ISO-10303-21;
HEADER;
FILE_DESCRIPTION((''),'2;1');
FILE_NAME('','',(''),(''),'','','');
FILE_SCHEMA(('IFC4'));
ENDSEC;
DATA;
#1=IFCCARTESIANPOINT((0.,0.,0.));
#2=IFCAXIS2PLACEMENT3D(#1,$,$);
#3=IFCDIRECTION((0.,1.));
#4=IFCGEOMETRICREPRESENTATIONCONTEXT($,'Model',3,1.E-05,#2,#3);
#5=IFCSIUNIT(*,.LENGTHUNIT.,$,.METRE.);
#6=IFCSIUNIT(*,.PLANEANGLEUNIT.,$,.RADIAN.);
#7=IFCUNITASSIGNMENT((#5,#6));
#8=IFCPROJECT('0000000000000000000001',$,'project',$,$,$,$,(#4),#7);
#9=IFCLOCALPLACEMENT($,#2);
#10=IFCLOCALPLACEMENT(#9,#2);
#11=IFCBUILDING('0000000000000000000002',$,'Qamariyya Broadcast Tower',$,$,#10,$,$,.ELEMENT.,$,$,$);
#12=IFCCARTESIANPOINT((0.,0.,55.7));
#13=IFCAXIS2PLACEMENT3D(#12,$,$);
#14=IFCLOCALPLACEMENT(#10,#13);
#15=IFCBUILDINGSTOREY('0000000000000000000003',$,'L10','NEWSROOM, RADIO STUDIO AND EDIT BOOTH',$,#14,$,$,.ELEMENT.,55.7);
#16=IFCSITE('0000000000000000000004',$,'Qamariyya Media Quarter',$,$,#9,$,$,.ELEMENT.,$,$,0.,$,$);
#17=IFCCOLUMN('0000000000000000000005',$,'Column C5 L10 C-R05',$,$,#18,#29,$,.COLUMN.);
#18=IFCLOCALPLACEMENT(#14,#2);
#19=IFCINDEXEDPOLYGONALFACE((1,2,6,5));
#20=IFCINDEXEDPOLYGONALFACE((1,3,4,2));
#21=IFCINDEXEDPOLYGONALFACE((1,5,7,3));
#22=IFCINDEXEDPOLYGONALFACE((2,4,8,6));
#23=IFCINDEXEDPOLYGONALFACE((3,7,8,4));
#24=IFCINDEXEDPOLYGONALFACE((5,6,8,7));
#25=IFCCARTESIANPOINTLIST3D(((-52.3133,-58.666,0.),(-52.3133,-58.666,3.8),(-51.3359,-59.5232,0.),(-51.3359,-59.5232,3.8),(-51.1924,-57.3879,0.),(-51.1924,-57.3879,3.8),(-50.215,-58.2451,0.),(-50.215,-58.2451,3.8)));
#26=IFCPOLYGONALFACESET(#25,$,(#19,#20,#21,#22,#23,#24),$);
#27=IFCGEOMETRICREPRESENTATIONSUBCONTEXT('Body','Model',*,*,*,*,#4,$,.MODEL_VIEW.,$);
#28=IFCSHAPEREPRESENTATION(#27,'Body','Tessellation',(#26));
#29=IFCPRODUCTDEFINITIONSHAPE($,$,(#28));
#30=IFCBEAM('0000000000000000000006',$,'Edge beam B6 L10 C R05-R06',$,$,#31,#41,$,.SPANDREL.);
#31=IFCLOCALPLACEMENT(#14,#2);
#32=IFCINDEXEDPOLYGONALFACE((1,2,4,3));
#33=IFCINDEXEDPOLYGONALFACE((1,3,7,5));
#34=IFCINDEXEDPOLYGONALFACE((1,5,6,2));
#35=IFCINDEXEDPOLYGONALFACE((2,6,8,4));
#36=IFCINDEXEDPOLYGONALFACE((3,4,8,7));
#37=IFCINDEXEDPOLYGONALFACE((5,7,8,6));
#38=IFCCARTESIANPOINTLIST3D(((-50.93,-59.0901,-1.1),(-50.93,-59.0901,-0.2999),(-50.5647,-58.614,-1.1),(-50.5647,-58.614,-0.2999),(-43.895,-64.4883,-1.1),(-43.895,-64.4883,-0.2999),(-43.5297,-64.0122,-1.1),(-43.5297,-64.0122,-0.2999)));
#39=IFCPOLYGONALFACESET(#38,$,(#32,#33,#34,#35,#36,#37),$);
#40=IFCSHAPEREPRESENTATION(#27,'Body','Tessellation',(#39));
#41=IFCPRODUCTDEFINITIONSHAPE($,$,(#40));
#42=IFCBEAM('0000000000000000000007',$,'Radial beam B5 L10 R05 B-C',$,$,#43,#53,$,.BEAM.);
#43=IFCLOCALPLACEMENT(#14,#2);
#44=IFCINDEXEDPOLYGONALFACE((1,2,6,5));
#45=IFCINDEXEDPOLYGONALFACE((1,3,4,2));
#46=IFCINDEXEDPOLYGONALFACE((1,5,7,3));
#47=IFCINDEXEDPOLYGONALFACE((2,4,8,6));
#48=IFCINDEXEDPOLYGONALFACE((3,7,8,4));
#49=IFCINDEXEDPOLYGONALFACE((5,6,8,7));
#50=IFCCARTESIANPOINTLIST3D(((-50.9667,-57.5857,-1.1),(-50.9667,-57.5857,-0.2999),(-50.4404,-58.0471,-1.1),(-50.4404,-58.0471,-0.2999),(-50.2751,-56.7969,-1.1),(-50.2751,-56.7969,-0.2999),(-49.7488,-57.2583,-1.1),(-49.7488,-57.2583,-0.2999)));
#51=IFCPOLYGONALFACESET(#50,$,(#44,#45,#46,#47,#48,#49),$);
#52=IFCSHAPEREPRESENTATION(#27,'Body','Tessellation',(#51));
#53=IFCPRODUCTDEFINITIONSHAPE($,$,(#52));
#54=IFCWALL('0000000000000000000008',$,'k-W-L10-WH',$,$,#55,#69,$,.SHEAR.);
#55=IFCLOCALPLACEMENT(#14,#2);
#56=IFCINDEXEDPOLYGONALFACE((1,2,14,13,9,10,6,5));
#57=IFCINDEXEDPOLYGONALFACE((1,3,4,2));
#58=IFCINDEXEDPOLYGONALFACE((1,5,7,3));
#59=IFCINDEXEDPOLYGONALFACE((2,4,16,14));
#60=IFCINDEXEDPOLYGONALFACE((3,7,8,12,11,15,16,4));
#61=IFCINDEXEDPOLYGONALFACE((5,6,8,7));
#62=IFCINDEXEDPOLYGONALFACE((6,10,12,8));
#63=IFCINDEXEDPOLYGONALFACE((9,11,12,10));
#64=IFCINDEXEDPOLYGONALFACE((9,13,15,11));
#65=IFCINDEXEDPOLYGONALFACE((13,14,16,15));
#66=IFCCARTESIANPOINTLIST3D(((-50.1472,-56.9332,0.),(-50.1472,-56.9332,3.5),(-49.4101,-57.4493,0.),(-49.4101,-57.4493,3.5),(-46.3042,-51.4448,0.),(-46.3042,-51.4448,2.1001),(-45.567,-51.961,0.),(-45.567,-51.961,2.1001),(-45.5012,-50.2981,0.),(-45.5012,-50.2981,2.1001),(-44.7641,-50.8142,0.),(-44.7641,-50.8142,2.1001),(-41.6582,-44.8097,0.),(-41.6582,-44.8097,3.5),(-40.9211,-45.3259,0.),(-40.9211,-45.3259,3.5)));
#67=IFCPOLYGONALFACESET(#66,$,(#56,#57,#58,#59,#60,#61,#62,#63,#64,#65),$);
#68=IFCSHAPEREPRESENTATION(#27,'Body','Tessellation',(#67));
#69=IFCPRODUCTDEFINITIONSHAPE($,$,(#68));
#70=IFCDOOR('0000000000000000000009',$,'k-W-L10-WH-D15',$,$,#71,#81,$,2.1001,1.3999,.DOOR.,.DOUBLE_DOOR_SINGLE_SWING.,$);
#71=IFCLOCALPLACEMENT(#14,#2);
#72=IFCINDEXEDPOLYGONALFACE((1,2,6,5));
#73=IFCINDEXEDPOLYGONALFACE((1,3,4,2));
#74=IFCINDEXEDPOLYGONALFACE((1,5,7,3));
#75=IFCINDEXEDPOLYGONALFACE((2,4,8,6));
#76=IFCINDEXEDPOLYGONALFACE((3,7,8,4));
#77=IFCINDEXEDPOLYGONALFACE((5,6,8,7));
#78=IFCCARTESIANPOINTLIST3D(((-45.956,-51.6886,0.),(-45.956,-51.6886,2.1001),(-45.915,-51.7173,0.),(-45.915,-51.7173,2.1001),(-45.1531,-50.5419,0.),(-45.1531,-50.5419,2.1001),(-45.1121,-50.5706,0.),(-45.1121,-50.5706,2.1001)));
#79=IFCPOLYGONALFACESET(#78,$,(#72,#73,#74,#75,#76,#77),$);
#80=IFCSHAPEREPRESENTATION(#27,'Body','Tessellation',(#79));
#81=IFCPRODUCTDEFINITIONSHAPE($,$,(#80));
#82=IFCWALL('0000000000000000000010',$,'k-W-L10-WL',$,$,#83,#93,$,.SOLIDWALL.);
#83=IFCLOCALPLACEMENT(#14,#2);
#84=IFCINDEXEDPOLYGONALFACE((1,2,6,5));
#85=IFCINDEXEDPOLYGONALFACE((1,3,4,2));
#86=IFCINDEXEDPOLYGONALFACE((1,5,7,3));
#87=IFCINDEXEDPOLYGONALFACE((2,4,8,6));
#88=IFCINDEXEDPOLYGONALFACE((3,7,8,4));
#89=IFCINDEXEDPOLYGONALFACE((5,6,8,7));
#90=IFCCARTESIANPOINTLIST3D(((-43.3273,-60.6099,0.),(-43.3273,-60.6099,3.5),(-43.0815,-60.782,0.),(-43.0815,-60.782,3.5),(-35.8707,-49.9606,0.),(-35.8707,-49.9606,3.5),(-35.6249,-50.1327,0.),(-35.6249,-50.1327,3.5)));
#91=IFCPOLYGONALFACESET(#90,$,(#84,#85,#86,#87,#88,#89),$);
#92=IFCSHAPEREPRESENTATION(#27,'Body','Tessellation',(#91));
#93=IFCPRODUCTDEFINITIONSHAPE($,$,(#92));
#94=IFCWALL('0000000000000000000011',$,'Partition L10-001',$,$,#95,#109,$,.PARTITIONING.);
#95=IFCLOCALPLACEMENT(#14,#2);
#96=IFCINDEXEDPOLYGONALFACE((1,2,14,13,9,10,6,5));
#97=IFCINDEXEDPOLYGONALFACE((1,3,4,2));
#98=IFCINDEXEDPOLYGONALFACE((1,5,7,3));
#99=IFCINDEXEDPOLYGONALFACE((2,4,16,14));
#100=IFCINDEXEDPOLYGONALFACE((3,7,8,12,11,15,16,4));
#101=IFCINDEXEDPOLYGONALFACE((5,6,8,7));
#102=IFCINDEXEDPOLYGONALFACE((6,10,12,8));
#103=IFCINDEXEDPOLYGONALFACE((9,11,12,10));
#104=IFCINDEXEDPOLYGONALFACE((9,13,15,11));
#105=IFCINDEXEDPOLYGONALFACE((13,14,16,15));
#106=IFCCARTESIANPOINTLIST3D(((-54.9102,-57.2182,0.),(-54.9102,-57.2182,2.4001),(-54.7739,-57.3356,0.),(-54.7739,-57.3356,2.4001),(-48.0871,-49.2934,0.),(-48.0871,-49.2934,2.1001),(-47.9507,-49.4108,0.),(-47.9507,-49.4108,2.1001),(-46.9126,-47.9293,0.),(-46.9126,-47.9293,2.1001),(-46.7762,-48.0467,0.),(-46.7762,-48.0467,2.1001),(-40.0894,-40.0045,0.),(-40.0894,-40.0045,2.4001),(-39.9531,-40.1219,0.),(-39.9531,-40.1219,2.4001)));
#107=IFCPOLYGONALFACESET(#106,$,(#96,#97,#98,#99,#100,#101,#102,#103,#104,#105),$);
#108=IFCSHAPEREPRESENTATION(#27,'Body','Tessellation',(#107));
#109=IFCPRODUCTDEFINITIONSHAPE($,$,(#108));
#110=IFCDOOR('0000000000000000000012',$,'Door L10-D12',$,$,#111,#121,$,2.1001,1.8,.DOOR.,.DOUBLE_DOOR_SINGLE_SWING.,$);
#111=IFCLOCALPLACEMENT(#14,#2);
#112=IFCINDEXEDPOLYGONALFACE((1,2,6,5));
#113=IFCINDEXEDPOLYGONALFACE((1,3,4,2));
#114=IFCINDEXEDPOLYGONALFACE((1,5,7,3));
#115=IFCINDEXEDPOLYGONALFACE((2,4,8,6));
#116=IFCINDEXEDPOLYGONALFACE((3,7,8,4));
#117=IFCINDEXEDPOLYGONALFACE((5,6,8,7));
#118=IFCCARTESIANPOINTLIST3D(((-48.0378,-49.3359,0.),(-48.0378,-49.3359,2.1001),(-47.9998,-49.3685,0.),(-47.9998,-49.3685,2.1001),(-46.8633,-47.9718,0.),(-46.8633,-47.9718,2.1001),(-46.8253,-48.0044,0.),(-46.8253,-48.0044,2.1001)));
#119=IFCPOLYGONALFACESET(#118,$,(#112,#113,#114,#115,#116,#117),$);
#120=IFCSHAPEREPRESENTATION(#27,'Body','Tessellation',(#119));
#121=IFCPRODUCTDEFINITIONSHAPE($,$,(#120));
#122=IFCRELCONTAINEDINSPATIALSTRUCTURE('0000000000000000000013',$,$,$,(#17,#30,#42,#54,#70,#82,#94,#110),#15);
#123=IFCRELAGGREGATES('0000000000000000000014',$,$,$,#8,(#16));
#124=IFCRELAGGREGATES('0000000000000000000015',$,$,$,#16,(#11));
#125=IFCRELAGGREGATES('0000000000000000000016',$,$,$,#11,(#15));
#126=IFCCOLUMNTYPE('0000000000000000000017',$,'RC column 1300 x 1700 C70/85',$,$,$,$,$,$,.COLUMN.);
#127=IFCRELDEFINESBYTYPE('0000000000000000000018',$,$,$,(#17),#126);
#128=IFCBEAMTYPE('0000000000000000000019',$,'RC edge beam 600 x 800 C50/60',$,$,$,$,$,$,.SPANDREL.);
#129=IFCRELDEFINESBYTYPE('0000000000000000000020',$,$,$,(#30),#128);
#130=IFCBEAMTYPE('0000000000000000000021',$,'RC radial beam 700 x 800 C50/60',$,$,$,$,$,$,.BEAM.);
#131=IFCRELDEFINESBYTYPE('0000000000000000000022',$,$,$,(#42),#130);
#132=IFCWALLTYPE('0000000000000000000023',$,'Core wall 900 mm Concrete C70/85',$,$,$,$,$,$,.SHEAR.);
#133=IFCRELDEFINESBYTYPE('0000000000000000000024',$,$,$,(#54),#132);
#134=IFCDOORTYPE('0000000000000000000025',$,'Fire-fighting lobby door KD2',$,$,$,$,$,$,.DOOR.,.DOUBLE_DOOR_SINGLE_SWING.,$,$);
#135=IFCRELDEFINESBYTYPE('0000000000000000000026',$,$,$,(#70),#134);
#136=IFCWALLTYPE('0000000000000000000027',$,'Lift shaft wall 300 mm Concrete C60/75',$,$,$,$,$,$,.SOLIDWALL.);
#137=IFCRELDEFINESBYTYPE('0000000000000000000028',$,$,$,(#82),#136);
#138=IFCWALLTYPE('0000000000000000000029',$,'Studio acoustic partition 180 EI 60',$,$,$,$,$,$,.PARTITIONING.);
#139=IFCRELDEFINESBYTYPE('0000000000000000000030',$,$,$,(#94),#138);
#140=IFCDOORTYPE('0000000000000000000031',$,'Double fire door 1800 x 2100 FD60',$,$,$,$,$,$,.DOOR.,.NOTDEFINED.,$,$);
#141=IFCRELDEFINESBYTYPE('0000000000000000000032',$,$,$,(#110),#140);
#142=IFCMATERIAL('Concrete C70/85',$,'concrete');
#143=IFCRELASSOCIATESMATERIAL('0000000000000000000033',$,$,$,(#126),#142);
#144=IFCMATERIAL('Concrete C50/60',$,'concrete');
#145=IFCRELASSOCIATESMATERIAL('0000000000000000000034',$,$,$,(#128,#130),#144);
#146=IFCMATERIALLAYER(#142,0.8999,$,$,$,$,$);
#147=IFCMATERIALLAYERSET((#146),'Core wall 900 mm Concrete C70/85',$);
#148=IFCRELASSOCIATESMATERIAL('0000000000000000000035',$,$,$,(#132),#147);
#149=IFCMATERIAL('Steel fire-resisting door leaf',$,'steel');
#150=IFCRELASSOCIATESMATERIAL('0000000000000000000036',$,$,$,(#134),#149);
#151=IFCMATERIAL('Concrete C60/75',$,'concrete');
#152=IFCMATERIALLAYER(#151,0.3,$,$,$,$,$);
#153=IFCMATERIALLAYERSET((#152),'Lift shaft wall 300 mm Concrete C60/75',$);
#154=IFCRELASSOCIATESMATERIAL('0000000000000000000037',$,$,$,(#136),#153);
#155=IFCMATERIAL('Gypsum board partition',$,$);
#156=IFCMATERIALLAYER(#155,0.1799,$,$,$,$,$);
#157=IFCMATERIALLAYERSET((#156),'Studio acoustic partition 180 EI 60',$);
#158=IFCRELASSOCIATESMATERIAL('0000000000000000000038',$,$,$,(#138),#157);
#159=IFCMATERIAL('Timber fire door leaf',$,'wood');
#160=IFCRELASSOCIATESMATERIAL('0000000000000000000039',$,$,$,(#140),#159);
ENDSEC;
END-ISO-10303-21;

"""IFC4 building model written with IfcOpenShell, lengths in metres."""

from ifc_helpers import new_model, si_unit, direction, frame, frame_2d, origin, origin_2d, place, context, subcontext, project, spatial, rectangle, extrude, material, layer, layer_set, material_profile, profile_set, type_object, element, fill, save


model = new_model("IFC4")

# Units and contexts
model_context = context("Model", 3, precision=1e-05, world=origin(), true_north=direction((0.0, 1.0)))
body_context = subcontext(model_context, "Body", "Model", "MODEL_VIEW")
ifc_project = project(units=[si_unit("LENGTHUNIT", "METRE"), si_unit("PLANEANGLEUNIT", "RADIAN")], contexts=[model_context])

# Site, building, storey
site_placement = place(None, origin())
site = spatial("IfcSite", under=ifc_project, at=site_placement, Name="Qamariyya Media Quarter", CompositionType="ELEMENT", RefElevation=0.0)
building_placement = place(site_placement, origin())
building = spatial("IfcBuilding", under=site, at=building_placement, Name="Qamariyya Broadcast Tower", CompositionType="ELEMENT")
storey_placement = place(building_placement, frame((0.0, 0.0, 55.7)))
storey = spatial("IfcBuildingStorey", under=building, at=storey_placement, Name="L10", Description="NEWSROOM, RADIO STUDIO AND EDIT BOOTH", CompositionType="ELEMENT", Elevation=55.7)

# Column
ifc_material_1 = material(Name="Concrete C70/85", Category="concrete")
ifc_material_profile_1 = material_profile(ifc_material_1, rectangle(XDim=1.3, YDim=1.7, at=origin_2d()))
ifc_profile_set_1 = profile_set([ifc_material_profile_1], Name="Concrete C70/85")
column_type = type_object("IfcColumnType", Name="RC column 1300 x 1700 C70/85", PredefinedType="COLUMN", material=ifc_profile_set_1)
column_placement = place(storey_placement, frame((-51.2642, -58.4556, 0.0), z_axis=(0.0, 0.0, 1.0), x_axis=(0.75184, -0.659346, 0.0)))
element("IfcColumn", 1, at=column_placement, inside=storey, type_object=column_type, Name="Column C5 L10 C-R05", PredefinedType="COLUMN", context=body_context, shape_type="SweptSolid", body=[
    extrude(rectangle(XDim=1.3, YDim=1.7, at=origin_2d()), origin(), (0.0, 0.0, 1.0), 3.8),
])

# Beams
ifc_material_2 = material(Name="Concrete C50/60", Category="concrete")
ifc_material_profile_2 = material_profile(ifc_material_2, rectangle(XDim=0.6001, YDim=0.8, at=origin_2d()))
ifc_profile_set_2 = profile_set([ifc_material_profile_2], Name="Concrete C50/60")
beam_type_1 = type_object("IfcBeamType", Name="RC edge beam 600 x 800 C50/60", PredefinedType="SPANDREL", material=ifc_profile_set_2)
beam_1_placement = place(storey_placement, frame((-50.7473, -58.8521, -0.7), z_axis=(0.793347, -0.60877, 0.0), x_axis=(0.60877, 0.793347, 0.0)))
element("IfcBeam", 2, at=beam_1_placement, inside=storey, type_object=beam_type_1, Name="Edge beam B6 L10 C R05-R06", PredefinedType="SPANDREL", context=body_context, shape_type="SweptSolid", body=[
    extrude(rectangle(XDim=0.6001, YDim=0.8, at=origin_2d()), origin(), (0.0, 0.0, 1.0), 8.8674),
])
ifc_material_profile_3 = material_profile(ifc_material_2, rectangle(XDim=0.7, YDim=0.8, at=origin_2d()))
ifc_profile_set_3 = profile_set([ifc_material_profile_3], Name="Concrete C50/60")
beam_type_2 = type_object("IfcBeamType", Name="RC radial beam 700 x 800 C50/60", PredefinedType="BEAM", material=ifc_profile_set_3)
beam_2_placement = place(storey_placement, frame((-50.012, -57.0276, -0.7), z_axis=(-0.659279, -0.751899, 0.0), x_axis=(0.751899, -0.659279, 0.0)))
element("IfcBeam", 3, at=beam_2_placement, inside=storey, type_object=beam_type_2, Name="Radial beam B5 L10 R05 B-C", PredefinedType="BEAM", context=body_context, shape_type="SweptSolid", body=[
    extrude(rectangle(XDim=0.7, YDim=0.8, at=origin_2d()), origin(), (0.0, 0.0, 1.0), 1.0491),
])

# Wall, opening, door
ifc_layer_1 = layer(ifc_material_1, 0.8999)
ifc_layer_set_1 = layer_set([ifc_layer_1], Name="Core wall 900 mm Concrete C70/85")
wall_type_1 = type_object("IfcWallType", Name="Core wall 900 mm Concrete C70/85", PredefinedType="SHEAR", material=ifc_layer_set_1)
wall_1_placement = place(storey_placement, frame((-49.7786, -57.1912, 0.0), z_axis=(0.0, 0.0, 1.0), x_axis=(0.573577, 0.819151, 0.0)))
wall_1 = element("IfcWall", 4, at=wall_1_placement, inside=storey, type_object=wall_type_1, Name="k-W-L10-WH", PredefinedType="SHEAR", context=body_context, shape_type="SweptSolid", body=[
    extrude(rectangle(XDim=14.8, YDim=0.8999, at=frame_2d((7.3999, 0.0))), origin(), (0.0, 0.0, 1.0), 3.5),
])
opening_1_placement = place(wall_1_placement, frame((6.7, 0.0, 0.0)))
opening_1 = element("IfcOpeningElement", 5, at=opening_1_placement, cuts=wall_1, PredefinedType="OPENING", context=body_context, shape_type="SweptSolid", body=[
    extrude(rectangle(XDim=1.3999, YDim=2.1001, at=frame_2d((0.7, 1.05))), frame((0.0, 0.46, 0.0), z_axis=(0.0, -1.0, 0.0), x_axis=(1.0, 0.0, 0.0)), (0.0, 0.0, 1.0), 0.9199),
])
ifc_material_3 = material(Name="Steel fire-resisting door leaf", Category="steel")
door_type_1 = type_object("IfcDoorType", Name="Fire-fighting lobby door KD2", OperationType="DOUBLE_DOOR_SINGLE_SWING", PredefinedType="DOOR", material=ifc_material_3)
door_1_placement = place(opening_1_placement, origin())
door_1 = element("IfcDoor", 6, at=door_1_placement, inside=storey, type_object=door_type_1, Name="k-W-L10-WH-D15", OperationType="DOUBLE_DOOR_SINGLE_SWING", OverallHeight=2.1001, OverallWidth=1.3999, PredefinedType="DOOR", context=body_context, shape_type="SweptSolid", body=[
    extrude(rectangle(XDim=1.3999, YDim=2.1001, at=frame_2d((0.7, 1.05))), frame((0.0, 0.0249, 0.0), z_axis=(0.0, -1.0, 0.0), x_axis=(1.0, 0.0, 0.0)), (0.0, 0.0, 1.0), 0.05),
])
fill(opening_1, door_1)

# Wall
ifc_material_4 = material(Name="Concrete C60/75", Category="concrete")
ifc_layer_2 = layer(ifc_material_4, 0.3)
ifc_layer_set_2 = layer_set([ifc_layer_2], Name="Lift shaft wall 300 mm Concrete C60/75")
wall_type_2 = type_object("IfcWallType", Name="Lift shaft wall 300 mm Concrete C60/75", PredefinedType="SOLIDWALL", material=ifc_layer_set_2)
wall_2_placement = place(storey_placement, frame((-43.2043, -60.6958, 0.0), z_axis=(0.0, 0.0, 1.0), x_axis=(0.573572, 0.819155, 0.0)))
element("IfcWall", 7, at=wall_2_placement, inside=storey, type_object=wall_type_2, Name="k-W-L10-WL", PredefinedType="SOLIDWALL", context=body_context, shape_type="SweptSolid", body=[
    extrude(rectangle(XDim=13.0002, YDim=0.3, at=frame_2d((6.5, 0.0))), origin(), (0.0, 0.0, 1.0), 3.5),
])

# Wall, opening, door
ifc_material_5 = material(Name="Gypsum board partition")
ifc_layer_3 = layer(ifc_material_5, 0.1799)
ifc_layer_set_3 = layer_set([ifc_layer_3], Name="Studio acoustic partition 180 EI 60")
wall_type_3 = type_object("IfcWallType", Name="Studio acoustic partition 180 EI 60", PredefinedType="PARTITIONING", material=ifc_layer_set_3)
wall_3_placement = place(storey_placement, frame((-54.842, -57.2769, 0.0), z_axis=(0.0, 0.0, 1.0), x_axis=(0.652472, 0.757813, 0.0)))
wall_3 = element("IfcWall", 8, at=wall_3_placement, inside=storey, type_object=wall_type_3, Name="Partition L10-001", PredefinedType="PARTITIONING", context=body_context, shape_type="SweptSolid", body=[
    extrude(rectangle(XDim=22.7148, YDim=0.1799, at=frame_2d((11.3574, 0.0))), origin(), (0.0, 0.0, 1.0), 2.4001),
])
opening_2_placement = place(wall_3_placement, frame((10.4575, 0.0, 0.0)))
opening_2 = element("IfcOpeningElement", 9, at=opening_2_placement, cuts=wall_3, PredefinedType="OPENING", context=body_context, shape_type="SweptSolid", body=[
    extrude(rectangle(XDim=1.8, YDim=2.1001, at=frame_2d((0.8999, 1.05))), frame((0.0, 0.0999, 0.0), z_axis=(0.0, -1.0, 0.0), x_axis=(1.0, 0.0, 0.0)), (0.0, 0.0, 1.0), 0.2),
])
ifc_material_6 = material(Name="Timber fire door leaf", Category="wood")
door_type_2 = type_object("IfcDoorType", Name="Double fire door 1800 x 2100 FD60", OperationType="NOTDEFINED", PredefinedType="DOOR", material=ifc_material_6)
door_2_placement = place(opening_2_placement, origin())
door_2 = element("IfcDoor", 10, at=door_2_placement, inside=storey, type_object=door_type_2, Name="Door L10-D12", OperationType="DOUBLE_DOOR_SINGLE_SWING", OverallHeight=2.1001, OverallWidth=1.8, PredefinedType="DOOR", context=body_context, shape_type="SweptSolid", body=[
    extrude(rectangle(XDim=1.8, YDim=2.1001, at=frame_2d((0.8999, 1.05))), frame((0.0, 0.0249, 0.0), z_axis=(0.0, -1.0, 0.0), x_axis=(1.0, 0.0, 0.0)), (0.0, 0.0, 1.0), 0.05),
])
fill(opening_2, door_2)

save(model, "model.ifc")
